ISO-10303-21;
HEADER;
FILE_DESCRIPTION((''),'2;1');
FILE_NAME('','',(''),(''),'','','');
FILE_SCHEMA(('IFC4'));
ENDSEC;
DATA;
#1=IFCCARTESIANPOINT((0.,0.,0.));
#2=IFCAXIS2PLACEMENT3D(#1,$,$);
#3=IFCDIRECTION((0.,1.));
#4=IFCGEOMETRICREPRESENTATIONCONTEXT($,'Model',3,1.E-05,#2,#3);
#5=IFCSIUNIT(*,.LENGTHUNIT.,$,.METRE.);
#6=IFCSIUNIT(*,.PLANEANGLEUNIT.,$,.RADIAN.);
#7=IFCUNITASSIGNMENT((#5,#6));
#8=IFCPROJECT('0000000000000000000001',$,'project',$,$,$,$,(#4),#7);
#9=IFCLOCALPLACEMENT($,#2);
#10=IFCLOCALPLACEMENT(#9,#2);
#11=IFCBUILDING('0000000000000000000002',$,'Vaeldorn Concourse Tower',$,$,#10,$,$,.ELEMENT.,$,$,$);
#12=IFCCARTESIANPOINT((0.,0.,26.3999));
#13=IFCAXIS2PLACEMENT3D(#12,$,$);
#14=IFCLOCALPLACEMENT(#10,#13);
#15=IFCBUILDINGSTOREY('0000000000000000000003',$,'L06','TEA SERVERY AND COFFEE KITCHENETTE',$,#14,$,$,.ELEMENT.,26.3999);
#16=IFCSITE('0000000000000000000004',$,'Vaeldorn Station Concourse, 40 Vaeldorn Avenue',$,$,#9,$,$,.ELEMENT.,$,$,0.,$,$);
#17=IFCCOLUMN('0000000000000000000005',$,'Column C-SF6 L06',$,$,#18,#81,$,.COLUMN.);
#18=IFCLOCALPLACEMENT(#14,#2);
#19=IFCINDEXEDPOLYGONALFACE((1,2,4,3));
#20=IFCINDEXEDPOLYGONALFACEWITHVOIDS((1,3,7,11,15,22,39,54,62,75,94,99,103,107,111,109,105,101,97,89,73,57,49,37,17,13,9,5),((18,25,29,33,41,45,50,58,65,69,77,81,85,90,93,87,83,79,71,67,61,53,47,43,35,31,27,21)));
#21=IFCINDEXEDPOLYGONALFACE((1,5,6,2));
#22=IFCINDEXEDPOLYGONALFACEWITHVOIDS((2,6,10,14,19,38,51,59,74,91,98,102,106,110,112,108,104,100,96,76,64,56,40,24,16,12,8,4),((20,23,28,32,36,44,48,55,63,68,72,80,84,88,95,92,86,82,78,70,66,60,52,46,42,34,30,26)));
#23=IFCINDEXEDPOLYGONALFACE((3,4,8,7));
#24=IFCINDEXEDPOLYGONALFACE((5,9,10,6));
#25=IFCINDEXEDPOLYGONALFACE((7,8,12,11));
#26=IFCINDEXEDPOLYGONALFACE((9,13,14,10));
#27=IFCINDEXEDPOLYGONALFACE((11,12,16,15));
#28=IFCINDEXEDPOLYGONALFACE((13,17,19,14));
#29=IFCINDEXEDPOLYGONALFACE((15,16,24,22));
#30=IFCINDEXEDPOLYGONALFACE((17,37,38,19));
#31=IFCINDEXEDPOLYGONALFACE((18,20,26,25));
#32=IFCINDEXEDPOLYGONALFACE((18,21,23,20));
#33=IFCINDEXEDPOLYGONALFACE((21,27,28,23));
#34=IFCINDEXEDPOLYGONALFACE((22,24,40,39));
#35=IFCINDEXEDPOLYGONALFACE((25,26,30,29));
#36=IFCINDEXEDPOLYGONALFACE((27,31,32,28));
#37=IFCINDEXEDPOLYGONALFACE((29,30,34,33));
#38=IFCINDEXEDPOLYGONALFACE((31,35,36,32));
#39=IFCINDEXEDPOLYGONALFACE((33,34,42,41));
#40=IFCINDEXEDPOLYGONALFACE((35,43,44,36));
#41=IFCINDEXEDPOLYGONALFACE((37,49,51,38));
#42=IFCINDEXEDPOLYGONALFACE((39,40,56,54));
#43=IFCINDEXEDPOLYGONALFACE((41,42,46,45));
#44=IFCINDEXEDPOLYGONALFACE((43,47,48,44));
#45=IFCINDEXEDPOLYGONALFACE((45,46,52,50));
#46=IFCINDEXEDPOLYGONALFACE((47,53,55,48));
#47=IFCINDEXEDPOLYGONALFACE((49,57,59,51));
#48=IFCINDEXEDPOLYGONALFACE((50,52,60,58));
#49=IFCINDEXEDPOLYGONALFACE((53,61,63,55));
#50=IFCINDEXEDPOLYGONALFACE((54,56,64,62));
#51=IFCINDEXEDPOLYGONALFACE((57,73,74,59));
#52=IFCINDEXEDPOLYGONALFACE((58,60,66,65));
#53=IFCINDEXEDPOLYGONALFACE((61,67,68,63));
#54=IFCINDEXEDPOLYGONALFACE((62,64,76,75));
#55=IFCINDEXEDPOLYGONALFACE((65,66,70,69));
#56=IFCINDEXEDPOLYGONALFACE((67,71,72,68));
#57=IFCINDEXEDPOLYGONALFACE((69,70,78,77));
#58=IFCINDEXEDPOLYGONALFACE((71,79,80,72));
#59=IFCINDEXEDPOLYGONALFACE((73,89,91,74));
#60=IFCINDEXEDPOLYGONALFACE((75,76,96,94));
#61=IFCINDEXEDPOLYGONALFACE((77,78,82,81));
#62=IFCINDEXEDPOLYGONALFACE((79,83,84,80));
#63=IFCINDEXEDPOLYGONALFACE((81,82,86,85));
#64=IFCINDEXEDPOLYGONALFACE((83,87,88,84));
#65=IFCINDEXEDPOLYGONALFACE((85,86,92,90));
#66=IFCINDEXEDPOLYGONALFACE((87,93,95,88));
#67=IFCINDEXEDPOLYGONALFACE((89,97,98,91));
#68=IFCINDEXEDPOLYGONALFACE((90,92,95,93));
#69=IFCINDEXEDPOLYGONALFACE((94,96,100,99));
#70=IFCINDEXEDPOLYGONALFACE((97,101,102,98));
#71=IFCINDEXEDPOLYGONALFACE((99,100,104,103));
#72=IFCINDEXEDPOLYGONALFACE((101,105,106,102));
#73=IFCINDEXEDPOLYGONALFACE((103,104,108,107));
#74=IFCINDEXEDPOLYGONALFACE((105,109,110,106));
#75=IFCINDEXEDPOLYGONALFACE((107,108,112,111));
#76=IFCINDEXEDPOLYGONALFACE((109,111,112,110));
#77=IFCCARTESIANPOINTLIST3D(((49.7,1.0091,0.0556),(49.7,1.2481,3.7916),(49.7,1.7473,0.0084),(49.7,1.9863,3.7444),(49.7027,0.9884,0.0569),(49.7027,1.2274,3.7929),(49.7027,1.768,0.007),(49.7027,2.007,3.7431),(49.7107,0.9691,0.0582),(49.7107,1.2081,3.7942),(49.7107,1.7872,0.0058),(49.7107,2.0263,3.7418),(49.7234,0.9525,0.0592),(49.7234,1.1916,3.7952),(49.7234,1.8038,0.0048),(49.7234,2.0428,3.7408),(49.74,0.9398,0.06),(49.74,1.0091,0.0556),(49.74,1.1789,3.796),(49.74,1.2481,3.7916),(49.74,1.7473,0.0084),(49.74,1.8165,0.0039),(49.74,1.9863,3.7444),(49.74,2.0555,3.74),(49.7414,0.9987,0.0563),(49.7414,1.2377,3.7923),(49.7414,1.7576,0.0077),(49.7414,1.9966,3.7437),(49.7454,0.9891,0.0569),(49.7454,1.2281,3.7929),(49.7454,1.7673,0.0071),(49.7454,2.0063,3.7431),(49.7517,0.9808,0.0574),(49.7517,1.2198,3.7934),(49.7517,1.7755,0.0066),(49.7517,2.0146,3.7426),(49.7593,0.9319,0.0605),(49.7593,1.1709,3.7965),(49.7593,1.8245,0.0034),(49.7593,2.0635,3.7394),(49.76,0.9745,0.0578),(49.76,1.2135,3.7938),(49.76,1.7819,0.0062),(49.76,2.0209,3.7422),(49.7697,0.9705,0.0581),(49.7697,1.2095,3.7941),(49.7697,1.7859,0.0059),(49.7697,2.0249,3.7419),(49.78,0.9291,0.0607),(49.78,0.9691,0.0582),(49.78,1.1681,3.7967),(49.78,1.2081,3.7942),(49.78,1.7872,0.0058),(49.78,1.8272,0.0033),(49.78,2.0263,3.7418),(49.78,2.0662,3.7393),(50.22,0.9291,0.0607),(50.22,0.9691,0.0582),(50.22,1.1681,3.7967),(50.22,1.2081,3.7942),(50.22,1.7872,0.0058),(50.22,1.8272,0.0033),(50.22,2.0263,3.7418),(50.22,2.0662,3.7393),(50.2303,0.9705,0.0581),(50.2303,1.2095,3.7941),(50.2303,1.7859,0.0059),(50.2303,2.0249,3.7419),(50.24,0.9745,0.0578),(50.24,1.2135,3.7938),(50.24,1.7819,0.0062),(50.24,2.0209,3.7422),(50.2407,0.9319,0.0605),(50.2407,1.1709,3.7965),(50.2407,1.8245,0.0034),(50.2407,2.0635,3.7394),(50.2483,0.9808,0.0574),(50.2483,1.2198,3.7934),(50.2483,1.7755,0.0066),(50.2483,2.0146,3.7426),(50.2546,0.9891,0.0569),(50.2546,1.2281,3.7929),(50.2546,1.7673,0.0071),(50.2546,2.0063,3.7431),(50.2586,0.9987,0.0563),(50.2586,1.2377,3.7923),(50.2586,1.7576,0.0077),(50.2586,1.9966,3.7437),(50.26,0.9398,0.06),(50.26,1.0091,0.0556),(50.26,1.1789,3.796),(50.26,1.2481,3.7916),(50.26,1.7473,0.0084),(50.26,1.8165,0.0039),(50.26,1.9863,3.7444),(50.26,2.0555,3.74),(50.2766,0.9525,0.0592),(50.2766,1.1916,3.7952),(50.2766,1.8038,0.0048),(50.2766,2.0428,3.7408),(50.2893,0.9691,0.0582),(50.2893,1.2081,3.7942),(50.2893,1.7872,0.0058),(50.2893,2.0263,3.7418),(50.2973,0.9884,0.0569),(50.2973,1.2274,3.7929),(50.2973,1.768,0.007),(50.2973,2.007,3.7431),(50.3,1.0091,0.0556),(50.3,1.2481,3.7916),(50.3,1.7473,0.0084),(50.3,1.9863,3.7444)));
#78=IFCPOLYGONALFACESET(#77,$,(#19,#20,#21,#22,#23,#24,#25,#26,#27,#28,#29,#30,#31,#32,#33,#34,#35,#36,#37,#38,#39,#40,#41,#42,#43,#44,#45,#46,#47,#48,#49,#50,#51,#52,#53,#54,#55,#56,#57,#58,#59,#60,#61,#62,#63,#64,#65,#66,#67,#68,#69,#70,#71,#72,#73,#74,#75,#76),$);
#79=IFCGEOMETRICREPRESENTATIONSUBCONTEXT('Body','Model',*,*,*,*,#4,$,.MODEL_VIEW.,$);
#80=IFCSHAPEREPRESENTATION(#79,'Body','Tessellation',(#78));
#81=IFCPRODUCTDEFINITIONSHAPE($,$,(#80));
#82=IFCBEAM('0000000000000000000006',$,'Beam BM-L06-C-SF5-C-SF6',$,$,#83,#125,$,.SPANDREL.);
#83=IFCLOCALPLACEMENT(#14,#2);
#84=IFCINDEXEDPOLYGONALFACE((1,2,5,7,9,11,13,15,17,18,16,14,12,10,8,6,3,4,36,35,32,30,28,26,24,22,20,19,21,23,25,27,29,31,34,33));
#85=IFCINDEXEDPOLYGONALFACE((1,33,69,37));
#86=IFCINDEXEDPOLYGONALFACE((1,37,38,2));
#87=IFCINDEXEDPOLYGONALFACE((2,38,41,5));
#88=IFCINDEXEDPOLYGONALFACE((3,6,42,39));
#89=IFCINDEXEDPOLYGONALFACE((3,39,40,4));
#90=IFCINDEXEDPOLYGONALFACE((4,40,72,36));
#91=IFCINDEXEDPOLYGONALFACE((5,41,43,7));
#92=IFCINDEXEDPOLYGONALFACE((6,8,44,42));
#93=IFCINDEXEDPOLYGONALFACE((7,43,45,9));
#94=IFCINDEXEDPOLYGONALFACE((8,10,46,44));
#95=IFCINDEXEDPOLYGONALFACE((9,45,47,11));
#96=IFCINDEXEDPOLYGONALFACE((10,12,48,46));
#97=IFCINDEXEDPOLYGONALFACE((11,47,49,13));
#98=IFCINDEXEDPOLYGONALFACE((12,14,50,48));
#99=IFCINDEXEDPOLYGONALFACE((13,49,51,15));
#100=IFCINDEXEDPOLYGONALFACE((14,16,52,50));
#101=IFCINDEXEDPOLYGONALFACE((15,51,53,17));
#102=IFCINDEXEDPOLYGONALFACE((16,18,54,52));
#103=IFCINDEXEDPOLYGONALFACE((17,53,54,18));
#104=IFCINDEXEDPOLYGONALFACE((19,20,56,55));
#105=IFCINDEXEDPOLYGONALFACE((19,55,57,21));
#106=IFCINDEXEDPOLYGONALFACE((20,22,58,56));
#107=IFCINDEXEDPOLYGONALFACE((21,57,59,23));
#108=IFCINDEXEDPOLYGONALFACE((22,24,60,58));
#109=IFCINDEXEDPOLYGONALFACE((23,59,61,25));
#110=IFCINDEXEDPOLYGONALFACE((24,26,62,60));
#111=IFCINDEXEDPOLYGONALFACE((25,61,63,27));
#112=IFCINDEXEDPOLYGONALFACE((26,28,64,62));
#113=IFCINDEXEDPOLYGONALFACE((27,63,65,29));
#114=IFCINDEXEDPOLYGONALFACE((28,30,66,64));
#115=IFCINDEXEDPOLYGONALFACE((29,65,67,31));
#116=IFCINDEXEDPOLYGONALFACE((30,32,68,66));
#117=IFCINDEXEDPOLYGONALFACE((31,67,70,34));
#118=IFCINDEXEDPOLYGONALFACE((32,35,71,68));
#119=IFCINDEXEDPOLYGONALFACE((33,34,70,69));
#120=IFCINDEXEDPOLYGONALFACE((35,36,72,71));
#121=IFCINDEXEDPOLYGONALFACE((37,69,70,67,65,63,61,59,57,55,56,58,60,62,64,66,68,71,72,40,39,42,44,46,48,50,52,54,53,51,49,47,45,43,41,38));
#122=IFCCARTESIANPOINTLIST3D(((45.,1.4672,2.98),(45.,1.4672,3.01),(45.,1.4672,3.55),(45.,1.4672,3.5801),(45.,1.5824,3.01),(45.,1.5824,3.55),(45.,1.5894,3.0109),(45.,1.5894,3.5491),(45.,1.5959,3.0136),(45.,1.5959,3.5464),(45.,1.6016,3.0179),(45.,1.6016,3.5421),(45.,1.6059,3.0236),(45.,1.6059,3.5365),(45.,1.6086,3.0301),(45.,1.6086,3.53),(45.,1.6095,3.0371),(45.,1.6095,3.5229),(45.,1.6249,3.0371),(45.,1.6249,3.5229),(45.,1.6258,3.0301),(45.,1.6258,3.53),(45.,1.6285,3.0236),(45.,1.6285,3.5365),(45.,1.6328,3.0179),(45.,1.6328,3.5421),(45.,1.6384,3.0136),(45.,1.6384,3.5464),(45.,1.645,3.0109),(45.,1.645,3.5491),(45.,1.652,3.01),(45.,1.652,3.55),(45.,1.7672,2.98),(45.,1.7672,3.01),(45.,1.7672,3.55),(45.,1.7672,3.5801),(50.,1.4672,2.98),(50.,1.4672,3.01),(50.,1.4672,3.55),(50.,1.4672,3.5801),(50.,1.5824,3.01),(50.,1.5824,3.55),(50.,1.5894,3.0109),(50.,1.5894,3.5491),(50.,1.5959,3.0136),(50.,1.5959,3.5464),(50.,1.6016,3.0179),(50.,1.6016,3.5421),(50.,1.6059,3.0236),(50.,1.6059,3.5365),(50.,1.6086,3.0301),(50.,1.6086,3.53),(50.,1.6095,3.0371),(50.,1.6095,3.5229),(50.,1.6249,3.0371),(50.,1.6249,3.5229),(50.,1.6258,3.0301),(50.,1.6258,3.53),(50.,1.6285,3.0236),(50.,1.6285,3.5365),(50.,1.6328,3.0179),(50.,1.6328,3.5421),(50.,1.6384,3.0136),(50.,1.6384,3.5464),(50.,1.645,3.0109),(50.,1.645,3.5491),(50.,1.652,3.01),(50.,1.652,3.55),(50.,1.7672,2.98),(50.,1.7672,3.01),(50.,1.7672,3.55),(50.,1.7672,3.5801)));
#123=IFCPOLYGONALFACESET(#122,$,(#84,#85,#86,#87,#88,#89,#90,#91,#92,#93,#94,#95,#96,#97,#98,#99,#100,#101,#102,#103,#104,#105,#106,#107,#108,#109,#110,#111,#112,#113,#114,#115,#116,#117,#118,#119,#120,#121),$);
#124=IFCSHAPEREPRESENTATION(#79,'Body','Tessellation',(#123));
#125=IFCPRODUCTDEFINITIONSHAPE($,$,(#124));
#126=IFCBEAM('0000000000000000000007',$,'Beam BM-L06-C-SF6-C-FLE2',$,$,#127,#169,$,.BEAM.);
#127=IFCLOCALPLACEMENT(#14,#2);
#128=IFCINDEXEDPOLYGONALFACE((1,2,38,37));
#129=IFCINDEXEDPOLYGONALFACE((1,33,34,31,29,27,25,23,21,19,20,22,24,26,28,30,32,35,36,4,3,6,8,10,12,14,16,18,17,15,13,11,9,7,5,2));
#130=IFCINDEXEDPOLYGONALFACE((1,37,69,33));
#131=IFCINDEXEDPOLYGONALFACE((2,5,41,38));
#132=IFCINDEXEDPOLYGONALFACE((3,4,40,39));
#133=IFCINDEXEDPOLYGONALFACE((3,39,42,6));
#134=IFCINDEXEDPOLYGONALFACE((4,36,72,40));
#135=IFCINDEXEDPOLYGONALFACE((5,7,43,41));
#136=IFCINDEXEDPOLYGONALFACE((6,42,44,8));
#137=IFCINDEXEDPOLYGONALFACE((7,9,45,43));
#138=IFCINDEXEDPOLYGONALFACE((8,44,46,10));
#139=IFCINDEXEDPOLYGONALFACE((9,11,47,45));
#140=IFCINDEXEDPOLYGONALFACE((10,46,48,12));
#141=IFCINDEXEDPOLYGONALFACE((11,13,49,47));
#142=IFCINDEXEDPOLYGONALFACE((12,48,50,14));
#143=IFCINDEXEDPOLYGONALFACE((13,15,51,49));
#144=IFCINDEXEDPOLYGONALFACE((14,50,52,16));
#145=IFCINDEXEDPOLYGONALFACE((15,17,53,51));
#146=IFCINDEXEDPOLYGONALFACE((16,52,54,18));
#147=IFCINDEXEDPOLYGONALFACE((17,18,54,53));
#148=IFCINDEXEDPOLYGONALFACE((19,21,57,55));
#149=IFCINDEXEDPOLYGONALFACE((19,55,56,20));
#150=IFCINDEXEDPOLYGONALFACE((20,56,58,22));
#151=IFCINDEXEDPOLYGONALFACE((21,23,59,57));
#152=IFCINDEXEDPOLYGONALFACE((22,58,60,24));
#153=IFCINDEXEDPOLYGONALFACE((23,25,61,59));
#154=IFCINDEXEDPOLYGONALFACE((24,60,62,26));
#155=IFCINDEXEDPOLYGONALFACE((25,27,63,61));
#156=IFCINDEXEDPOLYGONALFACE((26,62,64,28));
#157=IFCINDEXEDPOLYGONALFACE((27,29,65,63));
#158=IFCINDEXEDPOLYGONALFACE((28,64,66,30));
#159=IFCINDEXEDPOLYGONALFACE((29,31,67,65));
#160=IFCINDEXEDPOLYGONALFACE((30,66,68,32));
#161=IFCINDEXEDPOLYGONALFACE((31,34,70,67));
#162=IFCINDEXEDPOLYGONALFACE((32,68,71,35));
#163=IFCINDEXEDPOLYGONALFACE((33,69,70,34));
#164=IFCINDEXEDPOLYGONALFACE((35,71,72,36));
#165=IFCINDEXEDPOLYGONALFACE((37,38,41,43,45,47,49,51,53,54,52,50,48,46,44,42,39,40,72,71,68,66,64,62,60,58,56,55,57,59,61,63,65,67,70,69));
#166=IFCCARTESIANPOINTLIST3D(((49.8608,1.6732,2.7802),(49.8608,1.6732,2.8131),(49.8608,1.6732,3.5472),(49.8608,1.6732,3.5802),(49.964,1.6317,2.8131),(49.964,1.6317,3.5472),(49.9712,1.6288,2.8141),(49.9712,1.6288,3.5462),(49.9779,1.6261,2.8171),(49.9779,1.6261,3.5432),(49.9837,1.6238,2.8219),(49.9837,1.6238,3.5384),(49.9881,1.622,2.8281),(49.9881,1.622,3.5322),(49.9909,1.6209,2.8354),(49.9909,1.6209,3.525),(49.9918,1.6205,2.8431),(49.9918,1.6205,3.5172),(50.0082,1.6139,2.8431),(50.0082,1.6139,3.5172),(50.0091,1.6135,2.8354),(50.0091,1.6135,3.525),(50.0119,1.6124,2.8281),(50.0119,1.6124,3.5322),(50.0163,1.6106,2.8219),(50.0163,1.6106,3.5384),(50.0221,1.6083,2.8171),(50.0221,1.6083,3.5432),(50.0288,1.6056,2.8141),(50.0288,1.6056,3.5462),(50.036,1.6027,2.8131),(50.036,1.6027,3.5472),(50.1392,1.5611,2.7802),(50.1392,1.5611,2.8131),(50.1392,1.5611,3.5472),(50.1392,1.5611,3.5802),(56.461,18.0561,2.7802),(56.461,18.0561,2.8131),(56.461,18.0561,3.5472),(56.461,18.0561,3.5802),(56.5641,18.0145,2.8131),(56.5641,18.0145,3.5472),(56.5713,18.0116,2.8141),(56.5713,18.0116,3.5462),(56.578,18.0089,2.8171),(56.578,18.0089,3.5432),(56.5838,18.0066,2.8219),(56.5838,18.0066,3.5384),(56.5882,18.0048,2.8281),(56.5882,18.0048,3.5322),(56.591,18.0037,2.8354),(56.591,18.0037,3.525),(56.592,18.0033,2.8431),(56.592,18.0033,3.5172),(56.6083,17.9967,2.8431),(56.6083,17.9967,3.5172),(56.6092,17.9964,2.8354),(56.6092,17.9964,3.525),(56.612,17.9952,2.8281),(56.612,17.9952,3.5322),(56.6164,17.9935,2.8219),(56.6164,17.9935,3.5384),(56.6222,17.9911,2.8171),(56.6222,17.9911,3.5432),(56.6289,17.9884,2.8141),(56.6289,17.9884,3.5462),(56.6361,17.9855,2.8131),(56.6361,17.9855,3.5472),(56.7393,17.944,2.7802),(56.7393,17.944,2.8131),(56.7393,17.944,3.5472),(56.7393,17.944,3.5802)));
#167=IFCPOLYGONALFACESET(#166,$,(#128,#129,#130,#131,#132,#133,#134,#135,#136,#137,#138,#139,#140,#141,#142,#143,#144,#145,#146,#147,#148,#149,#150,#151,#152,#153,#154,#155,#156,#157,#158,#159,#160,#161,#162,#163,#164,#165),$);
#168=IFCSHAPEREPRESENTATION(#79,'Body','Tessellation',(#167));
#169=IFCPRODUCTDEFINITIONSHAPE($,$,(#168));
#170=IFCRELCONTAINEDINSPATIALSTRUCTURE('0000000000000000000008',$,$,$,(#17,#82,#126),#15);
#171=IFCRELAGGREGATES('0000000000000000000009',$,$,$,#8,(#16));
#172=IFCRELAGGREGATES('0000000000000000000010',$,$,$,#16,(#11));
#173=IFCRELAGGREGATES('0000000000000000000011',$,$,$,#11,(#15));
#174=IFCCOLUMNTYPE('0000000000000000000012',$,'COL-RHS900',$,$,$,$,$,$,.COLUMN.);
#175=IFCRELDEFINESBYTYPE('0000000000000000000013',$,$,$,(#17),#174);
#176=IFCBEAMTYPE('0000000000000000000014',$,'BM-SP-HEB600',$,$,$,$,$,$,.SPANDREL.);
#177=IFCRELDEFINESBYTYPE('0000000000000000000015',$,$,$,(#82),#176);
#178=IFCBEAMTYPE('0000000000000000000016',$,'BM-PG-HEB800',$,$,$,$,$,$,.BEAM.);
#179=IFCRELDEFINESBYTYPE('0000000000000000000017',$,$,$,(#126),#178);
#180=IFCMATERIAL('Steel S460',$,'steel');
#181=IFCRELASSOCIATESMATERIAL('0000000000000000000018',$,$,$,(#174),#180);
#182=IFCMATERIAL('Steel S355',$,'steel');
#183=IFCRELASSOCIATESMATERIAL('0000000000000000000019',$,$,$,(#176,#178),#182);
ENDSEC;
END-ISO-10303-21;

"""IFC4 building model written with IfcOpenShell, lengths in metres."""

from ifc_helpers import new_model, si_unit, direction, frame, origin, origin_2d, place, context, subcontext, project, spatial, hollow_rectangle, i_section, extrude, source, transform, mapped, material, material_profile, profile_set, type_object, element, save


model = new_model("IFC4")

# Units and contexts
model_context = context("Model", 3, precision=1e-05, world=origin(), true_north=direction((0.0, 1.0)))
body_context = subcontext(model_context, "Body", "Model", "MODEL_VIEW")
ifc_project = project(units=[si_unit("LENGTHUNIT", "METRE"), si_unit("PLANEANGLEUNIT", "RADIAN")], contexts=[model_context])

# Site, building, storey
site_placement = place(None, origin())
site = spatial("IfcSite", under=ifc_project, at=site_placement, Name="Vaeldorn Station Concourse, 40 Vaeldorn Avenue", CompositionType="ELEMENT", RefElevation=0.0)
building_placement = place(site_placement, origin())
building = spatial("IfcBuilding", under=site, at=building_placement, Name="Vaeldorn Concourse Tower", CompositionType="ELEMENT")
storey_placement = place(building_placement, frame((0.0, 0.0, 26.3999)))
storey = spatial("IfcBuildingStorey", under=building, at=storey_placement, Name="L06", Description="TEA SERVERY AND COFFEE KITCHENETTE", CompositionType="ELEMENT", Elevation=26.3999)

# Column
ifc_material_1 = material(Name="Steel S460", Category="steel")
ifc_material_profile_1 = material_profile(ifc_material_1, hollow_rectangle(XDim=0.6001, YDim=0.8999, WallThickness=0.04, InnerFilletRadius=0.04, OuterFilletRadius=0.0801, at=origin_2d()), Name="RHS 900x600x40")
ifc_profile_set_1 = profile_set([ifc_material_profile_1], Name="Steel S460")
column_type = type_object("IfcColumnType", Name="COL-RHS900", PredefinedType="COLUMN", material=ifc_profile_set_1)
shared_shape_1 = source(origin(), body_context, "Body", "SweptSolid", [
    extrude(hollow_rectangle(XDim=0.6001, YDim=0.8999, WallThickness=0.04, InnerFilletRadius=0.04, OuterFilletRadius=0.0801, at=origin_2d()), origin(), (0.0, 0.0, 1.0), 3.7437),
])
column_placement = place(storey_placement, frame((50.0, 1.3782, 0.032), z_axis=(0.0, 0.063844, 0.99796), x_axis=(-1.0, 0.0, 0.0)))
element("IfcColumn", 1, at=column_placement, inside=storey, type_object=column_type, Name="Column C-SF6 L06", PredefinedType="COLUMN", context=body_context, shape_type="MappedRepresentation", body=[
    mapped(shared_shape_1, transform((0.0, 0.0, 0.0), scale=1.0)),
])

# Beams
ifc_material_2 = material(Name="Steel S355", Category="steel")
ifc_material_profile_2 = material_profile(ifc_material_2, i_section(OverallWidth=0.3, OverallDepth=0.6001, WebThickness=0.0154, FlangeThickness=0.03, FilletRadius=0.0271, at=origin_2d()), Name="HEB 600")
ifc_profile_set_2 = profile_set([ifc_material_profile_2], Name="Steel S355")
beam_type_1 = type_object("IfcBeamType", Name="BM-SP-HEB600", PredefinedType="SPANDREL", material=ifc_profile_set_2)
shared_shape_2 = source(origin(), body_context, "Body", "SweptSolid", [
    extrude(i_section(OverallWidth=0.3, OverallDepth=0.6001, WebThickness=0.0154, FlangeThickness=0.03, FilletRadius=0.0271, at=origin_2d()), origin(), (0.0, 0.0, 1.0), 5.0),
])
beam_1_placement = place(storey_placement, frame((45.0, 1.6172, 3.28), z_axis=(1.0, 0.0, 0.0), x_axis=(0.0, 1.0, 0.0)))
element("IfcBeam", 2, at=beam_1_placement, inside=storey, type_object=beam_type_1, Name="Beam BM-L06-C-SF5-C-SF6", PredefinedType="SPANDREL", context=body_context, shape_type="MappedRepresentation", body=[
    mapped(shared_shape_2, transform((0.0, 0.0, 0.0), scale=1.0)),
])
ifc_material_profile_3 = material_profile(ifc_material_2, i_section(OverallWidth=0.3, OverallDepth=0.8, WebThickness=0.0176, FlangeThickness=0.033, FilletRadius=0.03, at=origin_2d()), Name="HEB 800")
ifc_profile_set_3 = profile_set([ifc_material_profile_3], Name="Steel S355")
beam_type_2 = type_object("IfcBeamType", Name="BM-PG-HEB800", PredefinedType="BEAM", material=ifc_profile_set_3)
shared_shape_3 = source(origin(), body_context, "Body", "SweptSolid", [
    extrude(i_section(OverallWidth=0.3, OverallDepth=0.8, WebThickness=0.0176, FlangeThickness=0.033, FilletRadius=0.03, at=origin_2d()), origin(), (0.0, 0.0, 1.0), 17.6624),
])
beam_2_placement = place(storey_placement, frame((50.0, 1.6172, 3.1802), z_axis=(0.373682, 0.927557, 0.0), x_axis=(-0.927557, 0.373682, 0.0)))
element("IfcBeam", 3, at=beam_2_placement, inside=storey, type_object=beam_type_2, Name="Beam BM-L06-C-SF6-C-FLE2", PredefinedType="BEAM", context=body_context, shape_type="MappedRepresentation", body=[
    mapped(shared_shape_3, transform((0.0, 0.0, 0.0), scale=1.0)),
])

save(model, "model.ifc")
